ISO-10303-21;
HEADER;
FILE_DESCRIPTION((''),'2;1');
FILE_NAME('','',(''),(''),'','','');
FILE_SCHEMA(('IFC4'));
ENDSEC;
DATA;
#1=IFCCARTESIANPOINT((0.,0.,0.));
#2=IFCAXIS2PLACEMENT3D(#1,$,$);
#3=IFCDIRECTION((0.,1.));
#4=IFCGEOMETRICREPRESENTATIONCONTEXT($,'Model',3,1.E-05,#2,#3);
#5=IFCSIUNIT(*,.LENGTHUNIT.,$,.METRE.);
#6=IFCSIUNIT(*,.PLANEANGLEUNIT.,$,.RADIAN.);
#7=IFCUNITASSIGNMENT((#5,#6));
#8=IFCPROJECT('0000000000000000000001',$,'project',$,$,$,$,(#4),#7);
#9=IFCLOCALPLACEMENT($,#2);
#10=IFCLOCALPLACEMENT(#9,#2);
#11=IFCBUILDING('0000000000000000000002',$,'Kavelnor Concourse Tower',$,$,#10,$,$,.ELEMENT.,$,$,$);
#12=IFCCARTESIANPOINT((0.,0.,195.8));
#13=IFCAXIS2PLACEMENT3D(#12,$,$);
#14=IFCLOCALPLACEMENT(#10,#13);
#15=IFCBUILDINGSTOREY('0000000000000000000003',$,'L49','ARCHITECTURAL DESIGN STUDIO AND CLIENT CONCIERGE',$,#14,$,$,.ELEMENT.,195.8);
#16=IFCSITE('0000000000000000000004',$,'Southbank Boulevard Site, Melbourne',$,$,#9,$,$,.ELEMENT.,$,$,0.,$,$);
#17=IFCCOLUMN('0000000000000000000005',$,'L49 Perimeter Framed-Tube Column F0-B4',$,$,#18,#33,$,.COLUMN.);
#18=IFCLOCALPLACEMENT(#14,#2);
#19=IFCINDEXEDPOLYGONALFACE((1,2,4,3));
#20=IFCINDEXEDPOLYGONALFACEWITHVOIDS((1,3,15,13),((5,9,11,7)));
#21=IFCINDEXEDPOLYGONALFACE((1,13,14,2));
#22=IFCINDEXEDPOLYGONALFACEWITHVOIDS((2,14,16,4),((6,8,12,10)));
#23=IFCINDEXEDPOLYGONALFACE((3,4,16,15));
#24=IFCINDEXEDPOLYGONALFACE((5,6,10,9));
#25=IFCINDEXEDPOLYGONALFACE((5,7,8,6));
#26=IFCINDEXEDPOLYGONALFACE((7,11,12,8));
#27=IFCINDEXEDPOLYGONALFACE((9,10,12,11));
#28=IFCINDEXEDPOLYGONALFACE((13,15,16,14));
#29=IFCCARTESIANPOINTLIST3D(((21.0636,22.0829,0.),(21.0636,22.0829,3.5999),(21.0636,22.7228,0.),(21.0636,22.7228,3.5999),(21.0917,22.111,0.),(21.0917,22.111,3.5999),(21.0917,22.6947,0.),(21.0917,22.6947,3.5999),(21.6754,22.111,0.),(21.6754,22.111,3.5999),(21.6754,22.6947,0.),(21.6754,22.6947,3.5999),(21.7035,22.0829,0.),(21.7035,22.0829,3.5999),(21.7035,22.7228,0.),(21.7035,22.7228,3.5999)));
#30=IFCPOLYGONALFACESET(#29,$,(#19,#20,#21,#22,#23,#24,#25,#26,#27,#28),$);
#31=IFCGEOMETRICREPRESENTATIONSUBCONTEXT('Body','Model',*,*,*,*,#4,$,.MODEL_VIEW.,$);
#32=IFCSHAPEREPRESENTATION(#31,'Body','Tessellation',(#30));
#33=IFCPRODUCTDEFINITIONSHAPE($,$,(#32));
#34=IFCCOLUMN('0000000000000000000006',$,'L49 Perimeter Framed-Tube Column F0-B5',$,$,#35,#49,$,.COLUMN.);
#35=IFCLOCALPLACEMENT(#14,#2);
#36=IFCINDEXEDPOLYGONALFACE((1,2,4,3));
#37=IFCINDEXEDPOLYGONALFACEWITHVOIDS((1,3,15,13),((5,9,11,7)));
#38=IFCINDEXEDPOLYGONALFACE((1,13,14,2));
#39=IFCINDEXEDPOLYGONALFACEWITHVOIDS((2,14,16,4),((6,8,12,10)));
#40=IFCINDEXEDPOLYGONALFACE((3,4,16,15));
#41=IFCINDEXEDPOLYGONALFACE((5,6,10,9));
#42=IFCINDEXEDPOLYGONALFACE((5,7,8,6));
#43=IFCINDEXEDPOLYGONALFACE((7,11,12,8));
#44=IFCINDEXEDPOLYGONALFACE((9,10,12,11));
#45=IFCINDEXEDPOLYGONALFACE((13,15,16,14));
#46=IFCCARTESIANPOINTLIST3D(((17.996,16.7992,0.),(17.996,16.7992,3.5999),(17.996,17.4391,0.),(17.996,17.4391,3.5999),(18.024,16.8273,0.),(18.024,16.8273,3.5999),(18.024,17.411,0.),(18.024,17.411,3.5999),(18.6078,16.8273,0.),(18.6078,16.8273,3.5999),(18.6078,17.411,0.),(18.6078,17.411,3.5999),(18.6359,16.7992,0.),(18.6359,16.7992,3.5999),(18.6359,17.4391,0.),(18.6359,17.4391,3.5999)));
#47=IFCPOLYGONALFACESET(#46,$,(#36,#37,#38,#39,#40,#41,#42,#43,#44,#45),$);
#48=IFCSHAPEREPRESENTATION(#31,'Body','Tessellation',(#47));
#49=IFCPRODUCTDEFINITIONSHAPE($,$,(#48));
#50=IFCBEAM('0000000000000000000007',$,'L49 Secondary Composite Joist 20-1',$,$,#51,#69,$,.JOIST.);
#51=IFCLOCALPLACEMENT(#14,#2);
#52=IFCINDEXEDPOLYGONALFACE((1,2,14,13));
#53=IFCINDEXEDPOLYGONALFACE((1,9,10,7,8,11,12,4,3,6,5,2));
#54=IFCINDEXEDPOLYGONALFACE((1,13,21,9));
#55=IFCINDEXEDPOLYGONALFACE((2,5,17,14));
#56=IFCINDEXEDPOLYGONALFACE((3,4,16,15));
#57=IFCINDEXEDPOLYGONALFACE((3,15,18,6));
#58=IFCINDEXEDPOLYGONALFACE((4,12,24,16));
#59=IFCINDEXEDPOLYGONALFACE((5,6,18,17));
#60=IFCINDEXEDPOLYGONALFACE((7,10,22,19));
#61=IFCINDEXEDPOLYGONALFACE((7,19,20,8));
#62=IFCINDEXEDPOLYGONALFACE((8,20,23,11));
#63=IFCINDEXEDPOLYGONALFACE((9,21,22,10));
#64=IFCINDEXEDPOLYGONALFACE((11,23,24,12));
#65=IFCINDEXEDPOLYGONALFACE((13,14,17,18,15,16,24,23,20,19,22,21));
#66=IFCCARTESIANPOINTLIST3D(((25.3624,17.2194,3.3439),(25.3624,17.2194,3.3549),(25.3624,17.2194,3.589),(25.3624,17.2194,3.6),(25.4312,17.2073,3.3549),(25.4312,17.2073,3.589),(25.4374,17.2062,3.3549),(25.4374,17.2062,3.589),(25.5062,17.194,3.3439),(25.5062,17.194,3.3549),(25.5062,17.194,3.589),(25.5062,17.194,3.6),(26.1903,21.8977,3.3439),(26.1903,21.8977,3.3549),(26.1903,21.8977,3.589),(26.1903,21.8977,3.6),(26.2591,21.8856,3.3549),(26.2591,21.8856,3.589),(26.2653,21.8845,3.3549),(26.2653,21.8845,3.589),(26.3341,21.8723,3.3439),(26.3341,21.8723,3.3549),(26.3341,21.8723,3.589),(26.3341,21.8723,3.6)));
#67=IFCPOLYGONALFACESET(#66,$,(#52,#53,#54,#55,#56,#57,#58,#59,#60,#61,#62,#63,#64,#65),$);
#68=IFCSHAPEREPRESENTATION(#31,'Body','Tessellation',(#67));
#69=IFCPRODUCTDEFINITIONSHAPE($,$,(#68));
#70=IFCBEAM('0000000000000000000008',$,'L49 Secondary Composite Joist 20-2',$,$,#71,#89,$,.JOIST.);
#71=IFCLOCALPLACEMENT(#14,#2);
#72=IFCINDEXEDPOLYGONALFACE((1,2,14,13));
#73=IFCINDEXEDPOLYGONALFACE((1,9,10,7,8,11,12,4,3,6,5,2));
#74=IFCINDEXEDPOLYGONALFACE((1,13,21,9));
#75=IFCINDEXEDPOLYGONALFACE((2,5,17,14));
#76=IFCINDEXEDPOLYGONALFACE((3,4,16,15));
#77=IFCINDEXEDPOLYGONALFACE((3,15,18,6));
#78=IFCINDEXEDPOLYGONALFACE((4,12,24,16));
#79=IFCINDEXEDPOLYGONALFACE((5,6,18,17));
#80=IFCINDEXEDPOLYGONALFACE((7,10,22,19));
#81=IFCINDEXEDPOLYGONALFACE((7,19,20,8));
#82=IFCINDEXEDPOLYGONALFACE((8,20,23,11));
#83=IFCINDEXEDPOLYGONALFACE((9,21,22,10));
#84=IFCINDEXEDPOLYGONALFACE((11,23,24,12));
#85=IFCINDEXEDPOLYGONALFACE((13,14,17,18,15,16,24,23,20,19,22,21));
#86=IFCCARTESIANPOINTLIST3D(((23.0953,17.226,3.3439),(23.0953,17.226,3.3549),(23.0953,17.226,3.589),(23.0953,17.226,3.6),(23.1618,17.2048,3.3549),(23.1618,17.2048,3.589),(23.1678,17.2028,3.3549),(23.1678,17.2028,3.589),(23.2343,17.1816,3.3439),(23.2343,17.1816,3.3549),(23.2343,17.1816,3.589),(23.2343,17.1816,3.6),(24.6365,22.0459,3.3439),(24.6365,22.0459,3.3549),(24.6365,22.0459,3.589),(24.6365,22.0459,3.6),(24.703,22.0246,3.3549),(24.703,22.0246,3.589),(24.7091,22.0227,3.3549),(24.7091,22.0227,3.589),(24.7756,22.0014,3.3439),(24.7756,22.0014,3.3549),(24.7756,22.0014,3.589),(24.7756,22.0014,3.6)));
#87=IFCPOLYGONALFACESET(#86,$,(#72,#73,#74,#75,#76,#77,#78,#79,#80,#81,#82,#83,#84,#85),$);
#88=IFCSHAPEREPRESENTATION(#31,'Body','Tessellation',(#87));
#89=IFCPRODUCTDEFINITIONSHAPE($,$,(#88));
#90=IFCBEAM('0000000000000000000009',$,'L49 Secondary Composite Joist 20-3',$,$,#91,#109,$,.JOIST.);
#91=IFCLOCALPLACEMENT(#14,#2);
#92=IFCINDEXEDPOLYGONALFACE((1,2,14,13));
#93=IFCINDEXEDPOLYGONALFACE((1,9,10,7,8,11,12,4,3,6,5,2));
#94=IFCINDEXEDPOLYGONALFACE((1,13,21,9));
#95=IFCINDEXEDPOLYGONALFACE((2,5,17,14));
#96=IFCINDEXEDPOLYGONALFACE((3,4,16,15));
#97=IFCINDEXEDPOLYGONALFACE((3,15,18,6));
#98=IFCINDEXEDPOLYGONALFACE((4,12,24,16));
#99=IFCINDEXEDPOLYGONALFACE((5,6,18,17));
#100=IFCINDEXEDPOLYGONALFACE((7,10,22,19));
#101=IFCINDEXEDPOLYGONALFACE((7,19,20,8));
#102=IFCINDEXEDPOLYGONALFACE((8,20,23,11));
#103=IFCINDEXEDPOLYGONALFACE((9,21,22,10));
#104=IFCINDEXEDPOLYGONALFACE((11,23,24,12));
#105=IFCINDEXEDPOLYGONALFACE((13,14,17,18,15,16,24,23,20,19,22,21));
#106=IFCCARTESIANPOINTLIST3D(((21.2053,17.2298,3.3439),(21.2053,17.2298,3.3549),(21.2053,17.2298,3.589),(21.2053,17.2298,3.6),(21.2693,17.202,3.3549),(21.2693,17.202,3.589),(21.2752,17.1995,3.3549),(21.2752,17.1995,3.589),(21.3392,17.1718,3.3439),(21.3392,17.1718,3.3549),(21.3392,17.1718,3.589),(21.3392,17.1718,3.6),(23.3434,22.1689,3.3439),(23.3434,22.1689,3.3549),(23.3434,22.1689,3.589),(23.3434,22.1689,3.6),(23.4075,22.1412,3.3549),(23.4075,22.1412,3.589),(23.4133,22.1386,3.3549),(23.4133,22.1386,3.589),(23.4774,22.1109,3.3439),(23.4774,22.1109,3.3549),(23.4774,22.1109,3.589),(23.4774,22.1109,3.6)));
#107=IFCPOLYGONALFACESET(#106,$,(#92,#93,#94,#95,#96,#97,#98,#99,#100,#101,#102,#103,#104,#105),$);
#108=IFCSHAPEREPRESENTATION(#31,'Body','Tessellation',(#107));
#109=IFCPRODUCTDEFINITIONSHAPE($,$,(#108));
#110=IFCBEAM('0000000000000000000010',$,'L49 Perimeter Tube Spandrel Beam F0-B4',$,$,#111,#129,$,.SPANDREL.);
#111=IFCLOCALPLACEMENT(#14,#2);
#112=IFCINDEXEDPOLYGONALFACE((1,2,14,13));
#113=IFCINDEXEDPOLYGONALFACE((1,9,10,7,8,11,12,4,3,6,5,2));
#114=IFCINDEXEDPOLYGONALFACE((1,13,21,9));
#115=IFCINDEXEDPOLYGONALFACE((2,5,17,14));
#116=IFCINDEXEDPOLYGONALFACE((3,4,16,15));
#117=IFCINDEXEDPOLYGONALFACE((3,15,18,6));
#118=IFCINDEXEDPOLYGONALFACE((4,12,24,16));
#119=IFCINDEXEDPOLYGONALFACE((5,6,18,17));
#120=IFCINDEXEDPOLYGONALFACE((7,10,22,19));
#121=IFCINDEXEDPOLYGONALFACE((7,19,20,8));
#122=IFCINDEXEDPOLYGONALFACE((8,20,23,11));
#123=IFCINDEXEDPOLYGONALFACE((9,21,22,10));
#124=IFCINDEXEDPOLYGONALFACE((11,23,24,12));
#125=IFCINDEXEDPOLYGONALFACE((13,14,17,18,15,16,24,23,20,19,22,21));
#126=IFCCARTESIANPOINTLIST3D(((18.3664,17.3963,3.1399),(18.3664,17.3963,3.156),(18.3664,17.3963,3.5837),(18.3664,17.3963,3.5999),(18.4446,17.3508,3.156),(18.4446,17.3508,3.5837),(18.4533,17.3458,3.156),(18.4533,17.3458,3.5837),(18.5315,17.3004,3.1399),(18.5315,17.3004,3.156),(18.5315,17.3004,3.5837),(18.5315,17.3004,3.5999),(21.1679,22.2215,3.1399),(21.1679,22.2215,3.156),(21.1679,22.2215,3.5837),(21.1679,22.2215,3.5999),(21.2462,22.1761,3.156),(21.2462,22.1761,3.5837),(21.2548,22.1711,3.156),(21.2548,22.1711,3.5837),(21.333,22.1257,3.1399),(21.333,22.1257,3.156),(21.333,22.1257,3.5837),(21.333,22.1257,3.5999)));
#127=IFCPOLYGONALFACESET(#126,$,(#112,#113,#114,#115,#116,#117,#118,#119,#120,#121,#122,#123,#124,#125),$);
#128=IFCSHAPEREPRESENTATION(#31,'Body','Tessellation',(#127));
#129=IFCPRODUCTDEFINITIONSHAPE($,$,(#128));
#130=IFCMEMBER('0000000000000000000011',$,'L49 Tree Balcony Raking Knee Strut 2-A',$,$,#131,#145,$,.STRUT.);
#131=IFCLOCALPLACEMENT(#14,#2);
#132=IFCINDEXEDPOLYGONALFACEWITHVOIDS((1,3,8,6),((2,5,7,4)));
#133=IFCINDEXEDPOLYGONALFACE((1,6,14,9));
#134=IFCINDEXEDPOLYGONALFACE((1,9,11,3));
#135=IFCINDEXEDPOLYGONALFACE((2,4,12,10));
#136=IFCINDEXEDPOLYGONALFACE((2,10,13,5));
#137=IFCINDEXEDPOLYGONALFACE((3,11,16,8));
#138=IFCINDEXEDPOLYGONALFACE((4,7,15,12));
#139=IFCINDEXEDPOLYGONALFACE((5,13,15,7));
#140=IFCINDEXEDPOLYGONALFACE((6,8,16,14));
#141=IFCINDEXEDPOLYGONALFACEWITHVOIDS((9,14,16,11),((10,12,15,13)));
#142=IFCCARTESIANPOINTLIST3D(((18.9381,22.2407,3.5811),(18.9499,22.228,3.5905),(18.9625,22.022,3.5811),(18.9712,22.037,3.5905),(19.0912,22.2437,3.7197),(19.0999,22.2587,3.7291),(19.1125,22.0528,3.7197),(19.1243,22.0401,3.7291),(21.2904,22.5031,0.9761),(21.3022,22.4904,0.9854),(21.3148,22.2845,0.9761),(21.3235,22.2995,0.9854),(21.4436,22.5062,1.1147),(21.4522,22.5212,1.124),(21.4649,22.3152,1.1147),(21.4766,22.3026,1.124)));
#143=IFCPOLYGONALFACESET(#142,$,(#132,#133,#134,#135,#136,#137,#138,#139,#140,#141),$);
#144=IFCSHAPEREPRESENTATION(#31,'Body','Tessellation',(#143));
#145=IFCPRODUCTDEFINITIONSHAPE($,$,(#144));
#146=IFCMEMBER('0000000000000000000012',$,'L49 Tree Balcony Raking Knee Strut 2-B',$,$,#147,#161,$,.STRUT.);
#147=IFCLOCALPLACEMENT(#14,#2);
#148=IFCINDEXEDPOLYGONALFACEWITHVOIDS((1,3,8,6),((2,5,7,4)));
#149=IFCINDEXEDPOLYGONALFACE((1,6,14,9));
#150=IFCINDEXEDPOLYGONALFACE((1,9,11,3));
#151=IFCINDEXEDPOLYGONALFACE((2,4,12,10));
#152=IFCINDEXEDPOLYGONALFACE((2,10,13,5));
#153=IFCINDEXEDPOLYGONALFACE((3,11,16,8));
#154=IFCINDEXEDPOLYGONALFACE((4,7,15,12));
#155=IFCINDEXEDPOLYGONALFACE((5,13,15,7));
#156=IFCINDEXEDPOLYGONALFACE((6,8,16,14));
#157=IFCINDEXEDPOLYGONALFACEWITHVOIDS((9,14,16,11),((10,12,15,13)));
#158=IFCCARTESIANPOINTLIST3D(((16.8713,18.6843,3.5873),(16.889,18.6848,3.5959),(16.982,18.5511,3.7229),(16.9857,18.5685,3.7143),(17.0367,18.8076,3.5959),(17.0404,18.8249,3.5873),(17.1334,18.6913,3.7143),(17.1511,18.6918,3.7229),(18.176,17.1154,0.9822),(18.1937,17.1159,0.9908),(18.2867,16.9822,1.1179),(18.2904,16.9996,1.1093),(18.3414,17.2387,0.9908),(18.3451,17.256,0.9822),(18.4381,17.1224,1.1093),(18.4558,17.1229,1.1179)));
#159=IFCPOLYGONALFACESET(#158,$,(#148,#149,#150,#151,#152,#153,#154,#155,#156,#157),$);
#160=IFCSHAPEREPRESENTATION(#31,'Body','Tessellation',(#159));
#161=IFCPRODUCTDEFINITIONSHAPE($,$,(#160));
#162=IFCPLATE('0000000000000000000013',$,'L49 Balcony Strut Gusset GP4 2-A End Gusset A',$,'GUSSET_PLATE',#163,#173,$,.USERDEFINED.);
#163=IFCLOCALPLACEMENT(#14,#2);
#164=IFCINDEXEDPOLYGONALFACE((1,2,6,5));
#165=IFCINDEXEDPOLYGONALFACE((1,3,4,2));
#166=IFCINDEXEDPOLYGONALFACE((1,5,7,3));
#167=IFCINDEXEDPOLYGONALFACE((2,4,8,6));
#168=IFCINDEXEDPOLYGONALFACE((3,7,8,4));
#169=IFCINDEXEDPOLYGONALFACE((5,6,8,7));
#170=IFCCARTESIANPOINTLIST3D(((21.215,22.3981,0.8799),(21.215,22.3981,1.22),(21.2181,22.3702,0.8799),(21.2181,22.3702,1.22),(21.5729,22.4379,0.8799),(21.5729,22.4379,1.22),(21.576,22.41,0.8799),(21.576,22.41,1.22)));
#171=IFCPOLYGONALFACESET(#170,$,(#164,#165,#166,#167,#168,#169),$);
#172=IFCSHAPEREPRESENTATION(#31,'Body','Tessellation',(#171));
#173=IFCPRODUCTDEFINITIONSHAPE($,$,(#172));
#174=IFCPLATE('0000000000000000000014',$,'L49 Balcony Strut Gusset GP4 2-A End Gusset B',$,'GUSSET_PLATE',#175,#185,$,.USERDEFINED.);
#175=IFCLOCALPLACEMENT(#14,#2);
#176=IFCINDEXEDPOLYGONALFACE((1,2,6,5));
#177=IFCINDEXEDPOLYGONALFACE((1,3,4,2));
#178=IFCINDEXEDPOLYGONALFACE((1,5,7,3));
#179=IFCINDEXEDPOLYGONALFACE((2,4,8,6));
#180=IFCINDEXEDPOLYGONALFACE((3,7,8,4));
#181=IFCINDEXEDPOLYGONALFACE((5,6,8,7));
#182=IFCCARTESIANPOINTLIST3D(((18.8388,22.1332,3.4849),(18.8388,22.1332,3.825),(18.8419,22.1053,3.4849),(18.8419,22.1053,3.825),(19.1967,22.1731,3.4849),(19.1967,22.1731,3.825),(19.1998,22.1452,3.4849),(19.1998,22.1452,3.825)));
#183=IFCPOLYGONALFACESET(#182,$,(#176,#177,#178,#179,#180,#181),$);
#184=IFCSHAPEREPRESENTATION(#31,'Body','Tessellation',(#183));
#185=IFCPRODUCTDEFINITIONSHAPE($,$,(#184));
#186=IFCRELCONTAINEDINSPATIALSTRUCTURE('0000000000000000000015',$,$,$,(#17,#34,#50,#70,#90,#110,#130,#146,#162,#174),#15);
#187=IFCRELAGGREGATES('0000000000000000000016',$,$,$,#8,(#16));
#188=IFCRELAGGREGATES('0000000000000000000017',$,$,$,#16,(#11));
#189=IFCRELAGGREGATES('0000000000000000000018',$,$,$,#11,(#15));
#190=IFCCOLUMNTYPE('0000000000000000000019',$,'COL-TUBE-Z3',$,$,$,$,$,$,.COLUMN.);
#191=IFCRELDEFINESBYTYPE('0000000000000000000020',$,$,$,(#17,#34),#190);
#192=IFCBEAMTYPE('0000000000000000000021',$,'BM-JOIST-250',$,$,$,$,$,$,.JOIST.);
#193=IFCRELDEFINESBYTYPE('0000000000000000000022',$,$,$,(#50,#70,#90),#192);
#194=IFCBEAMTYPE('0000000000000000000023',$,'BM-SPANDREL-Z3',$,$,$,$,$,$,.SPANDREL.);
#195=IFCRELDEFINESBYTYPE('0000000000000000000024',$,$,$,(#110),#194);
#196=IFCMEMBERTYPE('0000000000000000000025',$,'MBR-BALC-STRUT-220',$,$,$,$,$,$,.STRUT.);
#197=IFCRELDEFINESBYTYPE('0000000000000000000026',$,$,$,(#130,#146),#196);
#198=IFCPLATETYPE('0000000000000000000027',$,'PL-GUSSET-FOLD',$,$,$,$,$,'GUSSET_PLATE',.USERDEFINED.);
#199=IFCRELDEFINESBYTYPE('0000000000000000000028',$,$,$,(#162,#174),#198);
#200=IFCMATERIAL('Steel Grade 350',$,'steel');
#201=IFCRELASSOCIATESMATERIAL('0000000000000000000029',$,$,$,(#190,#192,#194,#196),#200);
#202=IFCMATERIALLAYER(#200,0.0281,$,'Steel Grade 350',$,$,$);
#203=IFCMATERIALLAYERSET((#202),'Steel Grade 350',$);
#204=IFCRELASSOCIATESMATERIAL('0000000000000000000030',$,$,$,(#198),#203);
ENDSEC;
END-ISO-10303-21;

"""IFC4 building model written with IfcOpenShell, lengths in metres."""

from ifc_helpers import new_model, si_unit, direction, frame, origin, origin_2d, place, context, subcontext, project, spatial, rectangle, hollow_rectangle, i_section, extrude, material, layer, layer_set, material_profile, profile_set, type_object, element, save


model = new_model("IFC4")

# Units and contexts
model_context = context("Model", 3, precision=1e-05, world=origin(), true_north=direction((0.0, 1.0)))
body_context = subcontext(model_context, "Body", "Model", "MODEL_VIEW")
ifc_project = project(units=[si_unit("LENGTHUNIT", "METRE"), si_unit("PLANEANGLEUNIT", "RADIAN")], contexts=[model_context])

# Site, building, storey
site_placement = place(None, origin())
site = spatial("IfcSite", under=ifc_project, at=site_placement, Name="Southbank Boulevard Site, Melbourne", CompositionType="ELEMENT", RefElevation=0.0)
building_placement = place(site_placement, origin())
building = spatial("IfcBuilding", under=site, at=building_placement, Name="Kavelnor Concourse Tower", CompositionType="ELEMENT")
storey_placement = place(building_placement, frame((0.0, 0.0, 195.8)))
storey = spatial("IfcBuildingStorey", under=building, at=storey_placement, Name="L49", Description="ARCHITECTURAL DESIGN STUDIO AND CLIENT CONCIERGE", CompositionType="ELEMENT", Elevation=195.8)

# Columns
ifc_material_1 = material(Name="Steel Grade 350", Category="steel")
ifc_material_profile_1 = material_profile(ifc_material_1, hollow_rectangle(XDim=0.6399, YDim=0.6399, WallThickness=0.0281, at=origin_2d()), Name="SHS 640x640x28")
ifc_profile_set_1 = profile_set([ifc_material_profile_1], Name="Steel Grade 350")
column_type = type_object("IfcColumnType", Name="COL-TUBE-Z3", PredefinedType="COLUMN", material=ifc_profile_set_1)
for number, where, z_axis, x_axis, name in (
    (1, (21.3835, 22.4028, 0.0), (0.0, 0.0, 1.0), (1.0, 0.0, 0.0), "L49 Perimeter Framed-Tube Column F0-B4"),
    (2, (18.3159, 17.1191, 0.0), (0.0, 0.0, 1.0), (1.0, 0.0, 0.0), "L49 Perimeter Framed-Tube Column F0-B5"),
):
    element("IfcColumn", number, at=place(storey_placement, frame(where, z_axis=z_axis, x_axis=x_axis)), inside=storey, type_object=column_type, Name=name, PredefinedType="COLUMN", context=body_context, shape_type="SweptSolid", body=[
        extrude(hollow_rectangle(XDim=0.6399, YDim=0.6399, WallThickness=0.0281, at=origin_2d()), origin(), (0.0, 0.0, 1.0), 3.5999),
    ])

# Beams
ifc_material_profile_2 = material_profile(ifc_material_1, i_section(OverallWidth=0.146, OverallDepth=0.2561, WebThickness=0.0063, FlangeThickness=0.011, at=origin_2d()), Name="250UB37")
ifc_profile_set_2 = profile_set([ifc_material_profile_2], Name="Steel Grade 350")
beam_type_1 = type_object("IfcBeamType", Name="BM-JOIST-250", PredefinedType="JOIST", material=ifc_profile_set_2)
beam_1_placement = place(storey_placement, frame((26.2622, 21.885, 3.4719), z_axis=(-0.174257, -0.9847, 0.0), x_axis=(0.9847, -0.174257, 0.0)))
element("IfcBeam", 3, at=beam_1_placement, inside=storey, type_object=beam_type_1, Name="L49 Secondary Composite Joist 20-1", PredefinedType="JOIST", context=body_context, shape_type="SweptSolid", body=[
    extrude(i_section(OverallWidth=0.146, OverallDepth=0.2561, WebThickness=0.0063, FlangeThickness=0.011, at=origin_2d()), origin(), (0.0, 0.0, 1.0), 4.751),
])
beam_2_placement = place(storey_placement, frame((24.7061, 22.0237, 3.4719), z_axis=(-0.304581, -0.952486, 0.0), x_axis=(0.952486, -0.304581, 0.0)))
element("IfcBeam", 4, at=beam_2_placement, inside=storey, type_object=beam_type_1, Name="L49 Secondary Composite Joist 20-2", PredefinedType="JOIST", context=body_context, shape_type="SweptSolid", body=[
    extrude(i_section(OverallWidth=0.146, OverallDepth=0.2561, WebThickness=0.0063, FlangeThickness=0.011, at=origin_2d()), origin(), (0.0, 0.0, 1.0), 5.0603),
])
beam_3_placement = place(storey_placement, frame((23.4104, 22.1399, 3.4719), z_axis=(-0.397273, -0.917701, 0.0), x_axis=(0.917701, -0.397273, 0.0)))
element("IfcBeam", 5, at=beam_3_placement, inside=storey, type_object=beam_type_1, Name="L49 Secondary Composite Joist 20-3", PredefinedType="JOIST", context=body_context, shape_type="SweptSolid", body=[
    extrude(i_section(OverallWidth=0.146, OverallDepth=0.2561, WebThickness=0.0063, FlangeThickness=0.011, at=origin_2d()), origin(), (0.0, 0.0, 1.0), 5.3821),
])
ifc_material_profile_3 = material_profile(ifc_material_1, i_section(OverallWidth=0.1909, OverallDepth=0.46, WebThickness=0.01, FlangeThickness=0.0161, at=origin_2d()), Name="460UB82")
ifc_profile_set_3 = profile_set([ifc_material_profile_3], Name="Steel Grade 350")
beam_type_2 = type_object("IfcBeamType", Name="BM-SPANDREL-Z3", PredefinedType="SPANDREL", material=ifc_profile_set_3)
beam_4_placement = place(storey_placement, frame((21.2505, 22.1736, 3.3699), z_axis=(-0.502107, -0.864805, 0.0), x_axis=(0.864805, -0.502107, 0.0)))
element("IfcBeam", 6, at=beam_4_placement, inside=storey, type_object=beam_type_2, Name="L49 Perimeter Tube Spandrel Beam F0-B4", PredefinedType="SPANDREL", context=body_context, shape_type="SweptSolid", body=[
    extrude(i_section(OverallWidth=0.1909, OverallDepth=0.46, WebThickness=0.01, FlangeThickness=0.0161, at=origin_2d()), origin(), (0.0, 0.0, 1.0), 5.5796),
])

# Members
ifc_material_profile_4 = material_profile(ifc_material_1, hollow_rectangle(XDim=0.22, YDim=0.22, WallThickness=0.0139, at=origin_2d()), Name="SHS 220x220x14")
ifc_profile_set_4 = profile_set([ifc_material_profile_4], Name="Steel Grade 350")
member_type = type_object("IfcMemberType", Name="MBR-BALC-STRUT-220", PredefinedType="STRUT", material=ifc_profile_set_4)
member_1_placement = place(storey_placement, frame((21.3835, 22.4028, 1.05), z_axis=(-0.668328, -0.074567, 0.74012), x_axis=(0.110884, -0.993833, 0.0)))
element("IfcMember", 7, at=member_1_placement, inside=storey, type_object=member_type, Name="L49 Tree Balcony Raking Knee Strut 2-A", PredefinedType="STRUT", context=body_context, shape_type="SweptSolid", body=[
    extrude(hollow_rectangle(XDim=0.22, YDim=0.22, WallThickness=0.0139, at=origin_2d()), origin(), (0.0, 0.0, 1.0), 3.5198),
])
member_2_placement = place(storey_placement, frame((18.3159, 17.1191, 1.05), z_axis=(-0.394286, 0.474117, 0.787243), x_axis=(-0.768868, -0.639407, 0.0)))
element("IfcMember", 8, at=member_2_placement, inside=storey, type_object=member_type, Name="L49 Tree Balcony Raking Knee Strut 2-B", PredefinedType="STRUT", context=body_context, shape_type="SweptSolid", body=[
    extrude(hollow_rectangle(XDim=0.22, YDim=0.22, WallThickness=0.0139, at=origin_2d()), origin(), (0.0, 0.0, 1.0), 3.3091),
])

# Plates
ifc_layer_1 = layer(ifc_material_1, 0.0281, Name="Steel Grade 350")
ifc_layer_set_1 = layer_set([ifc_layer_1], Name="Steel Grade 350")
plate_type = type_object("IfcPlateType", Name="PL-GUSSET-FOLD", ElementType="GUSSET_PLATE", PredefinedType="USERDEFINED", material=ifc_layer_set_1)
for number, where, z_axis, x_axis, name in (
    (9, (21.3955, 22.4041, 0.8799), (0.0, 0.0, 1.0), (-0.993845, -0.110775, 0.0), "L49 Balcony Strut Gusset GP4 2-A End Gusset A"),
    (10, (19.0193, 22.1392, 3.4849), (0.0, 0.0, 1.0), (-0.993845, -0.110775, 0.0), "L49 Balcony Strut Gusset GP4 2-A End Gusset B"),
):
    element("IfcPlate", number, at=place(storey_placement, frame(where, z_axis=z_axis, x_axis=x_axis)), inside=storey, type_object=plate_type, Name=name, ObjectType="GUSSET_PLATE", PredefinedType="USERDEFINED", context=body_context, shape_type="SweptSolid", body=[
        extrude(rectangle(XDim=0.3601, YDim=0.0281, at=origin_2d()), origin(), (0.0, 0.0, 1.0), 0.3401),
    ])

save(model, "model.ifc")
